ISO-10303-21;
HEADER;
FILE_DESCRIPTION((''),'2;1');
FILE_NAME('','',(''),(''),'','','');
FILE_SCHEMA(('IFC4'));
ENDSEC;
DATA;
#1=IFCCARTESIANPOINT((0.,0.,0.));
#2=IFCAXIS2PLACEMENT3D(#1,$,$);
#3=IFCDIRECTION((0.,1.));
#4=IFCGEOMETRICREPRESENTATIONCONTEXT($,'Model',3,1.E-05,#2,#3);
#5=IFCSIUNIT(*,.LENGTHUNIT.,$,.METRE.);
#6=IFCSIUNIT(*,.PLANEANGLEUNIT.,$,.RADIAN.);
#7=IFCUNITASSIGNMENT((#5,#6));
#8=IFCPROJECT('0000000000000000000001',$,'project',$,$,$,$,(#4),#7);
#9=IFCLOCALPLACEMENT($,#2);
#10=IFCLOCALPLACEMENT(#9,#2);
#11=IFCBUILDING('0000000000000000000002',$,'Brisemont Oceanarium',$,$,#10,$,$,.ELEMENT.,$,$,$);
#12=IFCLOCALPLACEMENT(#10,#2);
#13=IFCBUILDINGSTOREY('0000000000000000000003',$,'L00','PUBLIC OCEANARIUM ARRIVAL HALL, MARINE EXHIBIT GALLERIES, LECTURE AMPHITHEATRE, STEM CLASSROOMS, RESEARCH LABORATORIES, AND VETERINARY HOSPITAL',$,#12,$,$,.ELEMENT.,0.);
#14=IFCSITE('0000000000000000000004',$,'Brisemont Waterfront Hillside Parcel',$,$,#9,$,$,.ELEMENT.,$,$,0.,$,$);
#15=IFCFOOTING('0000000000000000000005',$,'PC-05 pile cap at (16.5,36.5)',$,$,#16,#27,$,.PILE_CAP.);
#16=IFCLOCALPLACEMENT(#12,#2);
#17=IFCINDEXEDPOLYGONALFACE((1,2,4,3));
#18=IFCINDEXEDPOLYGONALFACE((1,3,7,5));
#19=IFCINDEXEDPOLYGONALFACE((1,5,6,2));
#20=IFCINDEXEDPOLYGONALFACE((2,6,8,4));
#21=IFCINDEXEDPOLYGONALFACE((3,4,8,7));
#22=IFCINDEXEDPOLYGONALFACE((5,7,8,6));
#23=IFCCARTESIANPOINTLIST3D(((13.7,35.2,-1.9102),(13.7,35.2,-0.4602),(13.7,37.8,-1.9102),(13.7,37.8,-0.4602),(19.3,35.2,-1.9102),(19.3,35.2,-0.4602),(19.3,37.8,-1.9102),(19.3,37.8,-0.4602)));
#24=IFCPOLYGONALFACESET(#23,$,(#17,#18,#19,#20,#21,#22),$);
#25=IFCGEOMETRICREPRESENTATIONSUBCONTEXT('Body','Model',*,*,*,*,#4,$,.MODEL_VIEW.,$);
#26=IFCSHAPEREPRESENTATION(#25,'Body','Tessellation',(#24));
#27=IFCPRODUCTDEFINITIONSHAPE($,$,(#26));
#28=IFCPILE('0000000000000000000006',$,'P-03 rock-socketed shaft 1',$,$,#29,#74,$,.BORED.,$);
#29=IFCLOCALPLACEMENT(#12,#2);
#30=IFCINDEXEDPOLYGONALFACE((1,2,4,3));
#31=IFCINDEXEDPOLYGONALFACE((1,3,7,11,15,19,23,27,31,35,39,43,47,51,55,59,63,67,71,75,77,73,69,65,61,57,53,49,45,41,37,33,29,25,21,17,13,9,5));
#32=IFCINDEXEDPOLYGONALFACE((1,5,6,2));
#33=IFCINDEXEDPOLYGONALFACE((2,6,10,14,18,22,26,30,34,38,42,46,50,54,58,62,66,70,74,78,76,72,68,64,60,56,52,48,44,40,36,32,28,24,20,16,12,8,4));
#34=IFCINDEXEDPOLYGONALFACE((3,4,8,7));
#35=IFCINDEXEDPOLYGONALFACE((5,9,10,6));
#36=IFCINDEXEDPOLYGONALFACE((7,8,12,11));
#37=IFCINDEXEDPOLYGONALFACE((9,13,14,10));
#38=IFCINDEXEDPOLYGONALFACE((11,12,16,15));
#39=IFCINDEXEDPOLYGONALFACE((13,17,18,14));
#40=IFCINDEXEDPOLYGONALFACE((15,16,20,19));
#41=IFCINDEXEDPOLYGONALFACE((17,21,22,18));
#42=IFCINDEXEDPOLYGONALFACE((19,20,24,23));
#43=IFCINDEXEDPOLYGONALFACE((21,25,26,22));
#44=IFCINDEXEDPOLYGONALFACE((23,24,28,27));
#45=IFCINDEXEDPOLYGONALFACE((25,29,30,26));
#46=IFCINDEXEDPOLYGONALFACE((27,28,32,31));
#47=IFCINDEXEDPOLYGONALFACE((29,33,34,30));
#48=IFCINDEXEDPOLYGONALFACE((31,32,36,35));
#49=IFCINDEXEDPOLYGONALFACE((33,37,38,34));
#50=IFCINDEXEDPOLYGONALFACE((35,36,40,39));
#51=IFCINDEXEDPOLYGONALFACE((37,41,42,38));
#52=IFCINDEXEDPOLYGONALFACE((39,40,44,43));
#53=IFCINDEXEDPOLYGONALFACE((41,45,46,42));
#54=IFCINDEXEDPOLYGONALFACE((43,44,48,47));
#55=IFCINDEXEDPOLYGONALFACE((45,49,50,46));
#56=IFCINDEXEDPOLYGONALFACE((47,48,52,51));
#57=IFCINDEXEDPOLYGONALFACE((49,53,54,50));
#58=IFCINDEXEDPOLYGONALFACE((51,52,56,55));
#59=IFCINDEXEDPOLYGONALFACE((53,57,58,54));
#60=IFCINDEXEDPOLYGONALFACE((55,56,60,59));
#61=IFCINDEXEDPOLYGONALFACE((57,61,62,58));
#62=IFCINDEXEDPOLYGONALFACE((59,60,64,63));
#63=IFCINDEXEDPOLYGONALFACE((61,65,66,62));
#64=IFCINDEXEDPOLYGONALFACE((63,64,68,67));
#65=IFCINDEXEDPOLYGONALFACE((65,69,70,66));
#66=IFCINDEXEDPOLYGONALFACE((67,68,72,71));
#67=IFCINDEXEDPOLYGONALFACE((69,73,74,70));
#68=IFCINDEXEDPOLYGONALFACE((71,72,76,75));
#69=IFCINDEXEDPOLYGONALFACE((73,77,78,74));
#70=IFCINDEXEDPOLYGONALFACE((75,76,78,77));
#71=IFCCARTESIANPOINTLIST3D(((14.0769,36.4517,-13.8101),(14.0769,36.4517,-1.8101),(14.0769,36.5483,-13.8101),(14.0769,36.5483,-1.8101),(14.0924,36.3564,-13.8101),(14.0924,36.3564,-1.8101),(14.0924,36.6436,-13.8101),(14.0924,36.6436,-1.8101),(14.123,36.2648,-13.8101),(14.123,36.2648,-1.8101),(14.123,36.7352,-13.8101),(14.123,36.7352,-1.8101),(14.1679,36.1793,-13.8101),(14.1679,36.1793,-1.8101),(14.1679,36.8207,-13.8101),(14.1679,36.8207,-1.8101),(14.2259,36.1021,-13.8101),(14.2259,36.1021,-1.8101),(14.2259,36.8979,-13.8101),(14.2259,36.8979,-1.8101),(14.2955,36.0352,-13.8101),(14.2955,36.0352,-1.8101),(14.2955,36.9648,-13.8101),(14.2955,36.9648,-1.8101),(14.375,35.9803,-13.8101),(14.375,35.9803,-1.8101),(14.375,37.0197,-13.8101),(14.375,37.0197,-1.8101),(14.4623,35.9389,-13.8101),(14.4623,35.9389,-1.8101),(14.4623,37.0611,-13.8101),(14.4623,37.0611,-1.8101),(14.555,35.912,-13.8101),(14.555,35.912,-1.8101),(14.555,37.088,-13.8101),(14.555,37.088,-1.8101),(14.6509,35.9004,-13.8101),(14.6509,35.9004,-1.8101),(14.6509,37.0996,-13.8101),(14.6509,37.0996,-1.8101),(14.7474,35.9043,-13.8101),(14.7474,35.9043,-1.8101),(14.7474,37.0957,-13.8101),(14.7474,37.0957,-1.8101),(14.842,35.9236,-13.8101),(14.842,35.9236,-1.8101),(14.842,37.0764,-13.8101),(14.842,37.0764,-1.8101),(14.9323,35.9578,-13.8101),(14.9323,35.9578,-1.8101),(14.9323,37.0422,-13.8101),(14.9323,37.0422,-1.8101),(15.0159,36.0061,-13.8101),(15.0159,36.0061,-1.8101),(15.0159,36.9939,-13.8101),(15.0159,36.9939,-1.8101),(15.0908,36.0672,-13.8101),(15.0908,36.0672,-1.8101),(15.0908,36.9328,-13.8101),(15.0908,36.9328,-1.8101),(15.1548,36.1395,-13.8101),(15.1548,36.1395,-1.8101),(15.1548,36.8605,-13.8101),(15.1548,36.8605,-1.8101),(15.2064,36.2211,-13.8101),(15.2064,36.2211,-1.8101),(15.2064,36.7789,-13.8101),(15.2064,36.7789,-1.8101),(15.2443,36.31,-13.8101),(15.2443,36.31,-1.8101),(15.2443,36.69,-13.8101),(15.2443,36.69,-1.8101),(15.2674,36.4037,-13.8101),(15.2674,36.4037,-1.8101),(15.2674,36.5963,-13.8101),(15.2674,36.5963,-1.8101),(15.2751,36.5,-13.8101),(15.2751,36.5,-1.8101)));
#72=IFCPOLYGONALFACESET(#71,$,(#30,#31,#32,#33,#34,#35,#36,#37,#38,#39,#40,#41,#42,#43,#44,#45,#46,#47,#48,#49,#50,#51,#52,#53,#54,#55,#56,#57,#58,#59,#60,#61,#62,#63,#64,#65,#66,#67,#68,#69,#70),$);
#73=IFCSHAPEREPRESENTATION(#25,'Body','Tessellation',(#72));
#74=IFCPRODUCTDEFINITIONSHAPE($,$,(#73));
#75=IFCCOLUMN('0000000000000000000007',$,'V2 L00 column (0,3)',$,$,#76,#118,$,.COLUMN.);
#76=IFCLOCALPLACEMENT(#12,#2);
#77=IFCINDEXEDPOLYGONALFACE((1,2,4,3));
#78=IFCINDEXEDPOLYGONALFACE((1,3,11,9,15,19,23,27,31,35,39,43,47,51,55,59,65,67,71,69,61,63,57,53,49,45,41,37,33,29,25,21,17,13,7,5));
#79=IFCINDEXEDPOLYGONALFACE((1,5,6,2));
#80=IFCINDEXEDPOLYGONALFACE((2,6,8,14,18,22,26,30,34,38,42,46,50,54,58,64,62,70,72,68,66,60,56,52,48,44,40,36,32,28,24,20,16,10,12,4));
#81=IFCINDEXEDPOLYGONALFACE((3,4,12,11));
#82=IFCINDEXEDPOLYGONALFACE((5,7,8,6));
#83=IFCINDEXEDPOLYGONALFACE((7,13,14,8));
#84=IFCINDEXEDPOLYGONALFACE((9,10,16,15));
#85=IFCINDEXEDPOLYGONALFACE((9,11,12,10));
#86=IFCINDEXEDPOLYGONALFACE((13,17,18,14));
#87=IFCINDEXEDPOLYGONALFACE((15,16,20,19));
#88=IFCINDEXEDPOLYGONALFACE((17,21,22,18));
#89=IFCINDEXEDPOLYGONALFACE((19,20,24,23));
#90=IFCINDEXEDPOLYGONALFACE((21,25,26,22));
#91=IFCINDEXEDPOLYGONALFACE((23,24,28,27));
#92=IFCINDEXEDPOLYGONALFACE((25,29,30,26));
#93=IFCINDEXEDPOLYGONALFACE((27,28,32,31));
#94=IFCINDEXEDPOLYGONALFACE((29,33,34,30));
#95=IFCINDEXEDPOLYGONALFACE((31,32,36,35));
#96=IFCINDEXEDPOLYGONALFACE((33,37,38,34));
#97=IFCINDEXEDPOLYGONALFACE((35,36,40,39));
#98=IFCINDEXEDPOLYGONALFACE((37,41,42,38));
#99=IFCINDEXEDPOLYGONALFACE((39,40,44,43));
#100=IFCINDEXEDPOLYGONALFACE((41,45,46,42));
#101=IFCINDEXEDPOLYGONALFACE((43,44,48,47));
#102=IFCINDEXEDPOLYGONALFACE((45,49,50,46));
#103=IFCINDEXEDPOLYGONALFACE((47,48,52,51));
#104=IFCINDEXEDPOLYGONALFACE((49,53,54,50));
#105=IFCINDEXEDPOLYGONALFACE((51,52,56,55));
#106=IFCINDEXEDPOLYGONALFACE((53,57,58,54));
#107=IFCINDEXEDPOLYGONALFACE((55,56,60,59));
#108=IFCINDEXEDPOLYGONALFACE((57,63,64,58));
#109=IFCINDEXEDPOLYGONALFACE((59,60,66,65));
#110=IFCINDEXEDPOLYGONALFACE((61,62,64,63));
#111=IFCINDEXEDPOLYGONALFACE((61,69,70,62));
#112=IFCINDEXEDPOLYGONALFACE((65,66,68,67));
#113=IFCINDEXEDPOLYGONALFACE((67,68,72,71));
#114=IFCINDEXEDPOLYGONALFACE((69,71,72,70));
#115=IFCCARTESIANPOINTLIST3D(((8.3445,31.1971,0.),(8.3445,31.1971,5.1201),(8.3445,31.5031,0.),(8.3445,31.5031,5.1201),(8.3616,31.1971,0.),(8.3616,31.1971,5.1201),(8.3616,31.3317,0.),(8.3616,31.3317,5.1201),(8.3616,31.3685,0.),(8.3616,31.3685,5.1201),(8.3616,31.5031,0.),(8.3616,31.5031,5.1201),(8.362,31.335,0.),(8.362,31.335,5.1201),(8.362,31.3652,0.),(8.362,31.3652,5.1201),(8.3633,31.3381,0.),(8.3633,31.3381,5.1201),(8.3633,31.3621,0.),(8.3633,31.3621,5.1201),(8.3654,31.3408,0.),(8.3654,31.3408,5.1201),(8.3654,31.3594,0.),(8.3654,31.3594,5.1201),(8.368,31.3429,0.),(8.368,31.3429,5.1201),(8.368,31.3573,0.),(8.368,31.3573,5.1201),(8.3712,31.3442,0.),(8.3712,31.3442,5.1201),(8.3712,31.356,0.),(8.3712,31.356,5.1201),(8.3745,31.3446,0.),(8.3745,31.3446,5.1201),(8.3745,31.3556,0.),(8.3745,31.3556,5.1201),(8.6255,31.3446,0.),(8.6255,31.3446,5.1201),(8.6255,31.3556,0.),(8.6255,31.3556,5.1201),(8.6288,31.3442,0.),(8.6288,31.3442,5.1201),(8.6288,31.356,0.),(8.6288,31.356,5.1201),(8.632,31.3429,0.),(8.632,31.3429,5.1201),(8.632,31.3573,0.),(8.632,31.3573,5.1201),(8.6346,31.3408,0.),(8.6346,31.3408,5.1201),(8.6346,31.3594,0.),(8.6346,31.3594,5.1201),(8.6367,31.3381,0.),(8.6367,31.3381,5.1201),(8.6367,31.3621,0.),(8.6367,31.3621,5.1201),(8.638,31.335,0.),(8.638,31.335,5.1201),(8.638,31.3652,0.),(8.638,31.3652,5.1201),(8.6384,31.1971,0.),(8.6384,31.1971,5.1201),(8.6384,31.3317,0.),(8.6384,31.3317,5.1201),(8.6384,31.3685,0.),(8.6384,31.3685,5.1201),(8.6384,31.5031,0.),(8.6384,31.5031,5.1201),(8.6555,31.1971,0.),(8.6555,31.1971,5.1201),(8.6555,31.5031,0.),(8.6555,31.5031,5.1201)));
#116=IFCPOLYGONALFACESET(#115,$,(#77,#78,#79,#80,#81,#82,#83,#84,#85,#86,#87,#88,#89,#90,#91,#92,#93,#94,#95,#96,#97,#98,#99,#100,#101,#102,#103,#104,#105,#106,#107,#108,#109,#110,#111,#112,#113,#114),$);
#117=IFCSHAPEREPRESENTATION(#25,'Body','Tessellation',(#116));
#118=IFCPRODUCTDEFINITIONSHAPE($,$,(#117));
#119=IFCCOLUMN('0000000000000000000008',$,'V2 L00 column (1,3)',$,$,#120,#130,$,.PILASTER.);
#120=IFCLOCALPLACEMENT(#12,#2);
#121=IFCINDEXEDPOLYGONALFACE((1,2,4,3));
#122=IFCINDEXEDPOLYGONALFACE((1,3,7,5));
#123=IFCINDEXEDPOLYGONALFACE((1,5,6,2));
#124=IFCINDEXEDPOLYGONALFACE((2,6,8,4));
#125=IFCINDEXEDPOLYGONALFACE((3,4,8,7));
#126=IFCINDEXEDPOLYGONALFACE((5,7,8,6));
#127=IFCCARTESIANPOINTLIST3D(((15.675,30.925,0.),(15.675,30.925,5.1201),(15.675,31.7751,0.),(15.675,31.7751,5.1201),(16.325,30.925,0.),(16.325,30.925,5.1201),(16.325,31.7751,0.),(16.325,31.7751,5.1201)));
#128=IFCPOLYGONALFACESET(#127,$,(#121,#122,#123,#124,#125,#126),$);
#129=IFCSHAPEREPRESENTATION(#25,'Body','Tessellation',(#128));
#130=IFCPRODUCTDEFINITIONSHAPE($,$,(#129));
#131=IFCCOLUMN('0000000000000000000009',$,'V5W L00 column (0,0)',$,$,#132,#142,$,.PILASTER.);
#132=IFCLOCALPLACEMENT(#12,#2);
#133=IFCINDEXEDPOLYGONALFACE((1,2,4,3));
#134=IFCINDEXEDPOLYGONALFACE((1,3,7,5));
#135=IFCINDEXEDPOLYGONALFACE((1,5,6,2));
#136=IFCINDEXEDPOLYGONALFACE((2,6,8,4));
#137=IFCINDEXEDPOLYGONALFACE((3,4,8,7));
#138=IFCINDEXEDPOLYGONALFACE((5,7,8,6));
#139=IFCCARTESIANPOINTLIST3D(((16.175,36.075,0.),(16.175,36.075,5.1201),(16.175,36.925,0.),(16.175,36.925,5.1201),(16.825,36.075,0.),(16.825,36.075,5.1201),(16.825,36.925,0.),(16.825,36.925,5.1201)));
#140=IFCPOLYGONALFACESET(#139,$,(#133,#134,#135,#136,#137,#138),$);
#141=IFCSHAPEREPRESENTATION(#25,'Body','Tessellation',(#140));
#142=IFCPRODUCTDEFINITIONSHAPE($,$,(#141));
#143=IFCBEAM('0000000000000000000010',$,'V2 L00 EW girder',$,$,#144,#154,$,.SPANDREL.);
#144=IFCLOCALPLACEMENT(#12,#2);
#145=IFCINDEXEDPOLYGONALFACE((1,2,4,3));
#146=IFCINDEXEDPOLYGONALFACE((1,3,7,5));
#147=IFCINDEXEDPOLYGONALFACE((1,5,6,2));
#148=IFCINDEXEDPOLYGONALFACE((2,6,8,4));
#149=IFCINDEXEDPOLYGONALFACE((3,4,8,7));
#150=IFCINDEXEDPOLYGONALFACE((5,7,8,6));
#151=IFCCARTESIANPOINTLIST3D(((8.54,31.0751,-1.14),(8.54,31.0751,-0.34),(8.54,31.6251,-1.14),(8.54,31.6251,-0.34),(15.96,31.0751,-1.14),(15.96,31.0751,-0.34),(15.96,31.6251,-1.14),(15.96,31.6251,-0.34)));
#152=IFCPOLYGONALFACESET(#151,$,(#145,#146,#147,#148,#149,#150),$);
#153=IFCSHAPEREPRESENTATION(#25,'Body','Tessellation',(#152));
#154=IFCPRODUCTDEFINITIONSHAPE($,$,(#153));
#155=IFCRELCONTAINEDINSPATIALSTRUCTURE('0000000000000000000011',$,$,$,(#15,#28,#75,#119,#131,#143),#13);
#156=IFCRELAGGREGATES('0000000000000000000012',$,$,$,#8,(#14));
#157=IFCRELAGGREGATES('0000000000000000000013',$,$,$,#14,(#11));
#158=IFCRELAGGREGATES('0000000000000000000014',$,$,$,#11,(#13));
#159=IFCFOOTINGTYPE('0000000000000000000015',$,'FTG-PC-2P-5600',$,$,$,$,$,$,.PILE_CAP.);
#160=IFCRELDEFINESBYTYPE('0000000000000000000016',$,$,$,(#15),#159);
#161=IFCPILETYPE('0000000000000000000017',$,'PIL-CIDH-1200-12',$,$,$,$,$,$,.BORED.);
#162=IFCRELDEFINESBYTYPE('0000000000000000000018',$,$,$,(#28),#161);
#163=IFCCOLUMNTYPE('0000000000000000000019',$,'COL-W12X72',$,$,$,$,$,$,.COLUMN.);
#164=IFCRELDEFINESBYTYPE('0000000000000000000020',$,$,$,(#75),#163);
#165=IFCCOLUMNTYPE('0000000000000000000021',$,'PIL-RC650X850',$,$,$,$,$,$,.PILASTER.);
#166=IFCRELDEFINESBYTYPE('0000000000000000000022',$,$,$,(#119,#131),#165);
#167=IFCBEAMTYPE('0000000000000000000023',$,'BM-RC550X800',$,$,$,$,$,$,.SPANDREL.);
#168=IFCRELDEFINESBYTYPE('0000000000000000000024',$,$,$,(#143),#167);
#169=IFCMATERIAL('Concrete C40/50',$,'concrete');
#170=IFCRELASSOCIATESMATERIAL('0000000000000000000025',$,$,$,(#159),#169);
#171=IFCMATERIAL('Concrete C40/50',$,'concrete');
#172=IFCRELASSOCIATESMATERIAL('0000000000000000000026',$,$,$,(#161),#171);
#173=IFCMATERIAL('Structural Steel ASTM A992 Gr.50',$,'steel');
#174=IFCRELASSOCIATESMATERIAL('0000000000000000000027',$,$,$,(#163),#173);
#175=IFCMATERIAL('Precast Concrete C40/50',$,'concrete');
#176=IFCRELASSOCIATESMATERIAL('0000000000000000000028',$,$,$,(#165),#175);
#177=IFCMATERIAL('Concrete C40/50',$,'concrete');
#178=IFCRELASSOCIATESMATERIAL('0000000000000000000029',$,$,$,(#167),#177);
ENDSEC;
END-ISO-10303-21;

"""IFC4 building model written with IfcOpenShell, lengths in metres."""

from ifc_helpers import new_model, si_unit, direction, frame, origin, origin_2d, place, context, subcontext, project, spatial, rectangle, circle, i_section, extrude, material, material_profile, profile_set, type_object, element, save


model = new_model("IFC4")

# Units and contexts
model_context = context("Model", 3, precision=1e-05, world=origin(), true_north=direction((0.0, 1.0)))
body_context = subcontext(model_context, "Body", "Model", "MODEL_VIEW")
ifc_project = project(units=[si_unit("LENGTHUNIT", "METRE"), si_unit("PLANEANGLEUNIT", "RADIAN")], contexts=[model_context])

# Site, building, storey
site_placement = place(None, origin())
site = spatial("IfcSite", under=ifc_project, at=site_placement, Name="Brisemont Waterfront Hillside Parcel", CompositionType="ELEMENT", RefElevation=0.0)
building_placement = place(site_placement, origin())
building = spatial("IfcBuilding", under=site, at=building_placement, Name="Brisemont Oceanarium", CompositionType="ELEMENT")
storey_placement = place(building_placement, origin())
storey = spatial("IfcBuildingStorey", under=building, at=storey_placement, Name="L00", Description="PUBLIC OCEANARIUM ARRIVAL HALL, MARINE EXHIBIT GALLERIES, LECTURE AMPHITHEATRE, STEM CLASSROOMS, RESEARCH LABORATORIES, AND VETERINARY HOSPITAL", CompositionType="ELEMENT", Elevation=0.0)

# Footing
ifc_material_1 = material(Name="Concrete C40/50", Category="concrete")
footing_type = type_object("IfcFootingType", Name="FTG-PC-2P-5600", PredefinedType="PILE_CAP", material=ifc_material_1)
footing_placement = place(storey_placement, frame((16.5, 36.5, -1.9102), z_axis=(0.0, 0.0, 1.0), x_axis=(1.0, 0.0, 0.0)))
element("IfcFooting", 1, at=footing_placement, inside=storey, type_object=footing_type, Name="PC-05 pile cap at (16.5,36.5)", PredefinedType="PILE_CAP", context=body_context, shape_type="SweptSolid", body=[
    extrude(rectangle(XDim=5.6001, YDim=2.6001, at=origin_2d()), origin(), (0.0, 0.0, 1.0), 1.45),
])

# Pile
ifc_material_2 = material(Name="Concrete C40/50", Category="concrete")
ifc_material_profile_1 = material_profile(ifc_material_2, circle(Radius=0.6001, at=origin_2d()), Name="CIDH-D1200")
ifc_profile_set_1 = profile_set([ifc_material_profile_1], Name="Concrete C40/50")
pile_type = type_object("IfcPileType", Name="PIL-CIDH-1200-12", PredefinedType="BORED", material=ifc_profile_set_1)
pile_placement = place(storey_placement, frame((14.675, 36.5, -1.8101), z_axis=(0.0, 0.0, -1.0), x_axis=(1.0, 0.0, 0.0)))
element("IfcPile", 2, at=pile_placement, inside=storey, type_object=pile_type, Name="P-03 rock-socketed shaft 1", PredefinedType="BORED", context=body_context, shape_type="SweptSolid", body=[
    extrude(circle(Radius=0.6001, at=origin_2d()), origin(), (0.0, 0.0, 1.0), 12.0),
])

# Columns
ifc_material_3 = material(Name="Structural Steel ASTM A992 Gr.50", Category="steel")
ifc_material_profile_2 = material_profile(ifc_material_3, i_section(OverallWidth=0.3059, OverallDepth=0.311, WebThickness=0.011, FlangeThickness=0.0171, FilletRadius=0.0129, at=origin_2d()), Name="W12X72")
ifc_profile_set_2 = profile_set([ifc_material_profile_2], Name="Structural Steel ASTM A992 Gr.50")
column_type_1 = type_object("IfcColumnType", Name="COL-W12X72", PredefinedType="COLUMN", material=ifc_profile_set_2)
column_placement = place(storey_placement, frame((8.5, 31.3501, 0.0), z_axis=(0.0, 0.0, 1.0), x_axis=(0.0, 1.0, 0.0)))
element("IfcColumn", 3, at=column_placement, inside=storey, type_object=column_type_1, Name="V2 L00 column (0,3)", PredefinedType="COLUMN", context=body_context, shape_type="SweptSolid", body=[
    extrude(i_section(OverallWidth=0.3059, OverallDepth=0.311, WebThickness=0.011, FlangeThickness=0.0171, FilletRadius=0.0129, at=origin_2d()), origin(), (0.0, 0.0, 1.0), 5.1201),
])
ifc_material_4 = material(Name="Precast Concrete C40/50", Category="concrete")
ifc_material_profile_3 = material_profile(ifc_material_4, rectangle(XDim=0.6499, YDim=0.8501, at=origin_2d()), Name="RC-PIL-650X850")
ifc_profile_set_3 = profile_set([ifc_material_profile_3], Name="Precast Concrete C40/50")
column_type_2 = type_object("IfcColumnType", Name="PIL-RC650X850", PredefinedType="PILASTER", material=ifc_profile_set_3)
for number, where, z_axis, x_axis, name in (
    (4, (16.0, 31.3501, 0.0), (0.0, 0.0, 1.0), (1.0, 0.0, 0.0), "V2 L00 column (1,3)"),
    (5, (16.5, 36.5, 0.0), (0.0, 0.0, 1.0), (1.0, 0.0, 0.0), "V5W L00 column (0,0)"),
):
    element("IfcColumn", number, at=place(storey_placement, frame(where, z_axis=z_axis, x_axis=x_axis)), inside=storey, type_object=column_type_2, Name=name, PredefinedType="PILASTER", context=body_context, shape_type="SweptSolid", body=[
        extrude(rectangle(XDim=0.6499, YDim=0.8501, at=origin_2d()), origin(), (0.0, 0.0, 1.0), 5.1201),
    ])

# Beam
ifc_material_5 = material(Name="Concrete C40/50", Category="concrete")
ifc_material_profile_4 = material_profile(ifc_material_5, rectangle(XDim=0.55, YDim=0.8, at=origin_2d()), Name="RC-BM-550X800")
ifc_profile_set_4 = profile_set([ifc_material_profile_4], Name="Concrete C40/50")
beam_type_1 = type_object("IfcBeamType", Name="BM-RC550X800", PredefinedType="SPANDREL", material=ifc_profile_set_4)
beam_1_placement = place(storey_placement, frame((8.54, 31.3501, -0.74), z_axis=(1.0, 0.0, 0.0), x_axis=(0.0, 1.0, 0.0)))
element("IfcBeam", 6, at=beam_1_placement, inside=storey, type_object=beam_type_1, Name="V2 L00 EW girder", PredefinedType="SPANDREL", context=body_context, shape_type="SweptSolid", body=[
    extrude(rectangle(XDim=0.55, YDim=0.8, at=origin_2d()), origin(), (0.0, 0.0, 1.0), 7.4199),
])

save(model, "model.ifc")
